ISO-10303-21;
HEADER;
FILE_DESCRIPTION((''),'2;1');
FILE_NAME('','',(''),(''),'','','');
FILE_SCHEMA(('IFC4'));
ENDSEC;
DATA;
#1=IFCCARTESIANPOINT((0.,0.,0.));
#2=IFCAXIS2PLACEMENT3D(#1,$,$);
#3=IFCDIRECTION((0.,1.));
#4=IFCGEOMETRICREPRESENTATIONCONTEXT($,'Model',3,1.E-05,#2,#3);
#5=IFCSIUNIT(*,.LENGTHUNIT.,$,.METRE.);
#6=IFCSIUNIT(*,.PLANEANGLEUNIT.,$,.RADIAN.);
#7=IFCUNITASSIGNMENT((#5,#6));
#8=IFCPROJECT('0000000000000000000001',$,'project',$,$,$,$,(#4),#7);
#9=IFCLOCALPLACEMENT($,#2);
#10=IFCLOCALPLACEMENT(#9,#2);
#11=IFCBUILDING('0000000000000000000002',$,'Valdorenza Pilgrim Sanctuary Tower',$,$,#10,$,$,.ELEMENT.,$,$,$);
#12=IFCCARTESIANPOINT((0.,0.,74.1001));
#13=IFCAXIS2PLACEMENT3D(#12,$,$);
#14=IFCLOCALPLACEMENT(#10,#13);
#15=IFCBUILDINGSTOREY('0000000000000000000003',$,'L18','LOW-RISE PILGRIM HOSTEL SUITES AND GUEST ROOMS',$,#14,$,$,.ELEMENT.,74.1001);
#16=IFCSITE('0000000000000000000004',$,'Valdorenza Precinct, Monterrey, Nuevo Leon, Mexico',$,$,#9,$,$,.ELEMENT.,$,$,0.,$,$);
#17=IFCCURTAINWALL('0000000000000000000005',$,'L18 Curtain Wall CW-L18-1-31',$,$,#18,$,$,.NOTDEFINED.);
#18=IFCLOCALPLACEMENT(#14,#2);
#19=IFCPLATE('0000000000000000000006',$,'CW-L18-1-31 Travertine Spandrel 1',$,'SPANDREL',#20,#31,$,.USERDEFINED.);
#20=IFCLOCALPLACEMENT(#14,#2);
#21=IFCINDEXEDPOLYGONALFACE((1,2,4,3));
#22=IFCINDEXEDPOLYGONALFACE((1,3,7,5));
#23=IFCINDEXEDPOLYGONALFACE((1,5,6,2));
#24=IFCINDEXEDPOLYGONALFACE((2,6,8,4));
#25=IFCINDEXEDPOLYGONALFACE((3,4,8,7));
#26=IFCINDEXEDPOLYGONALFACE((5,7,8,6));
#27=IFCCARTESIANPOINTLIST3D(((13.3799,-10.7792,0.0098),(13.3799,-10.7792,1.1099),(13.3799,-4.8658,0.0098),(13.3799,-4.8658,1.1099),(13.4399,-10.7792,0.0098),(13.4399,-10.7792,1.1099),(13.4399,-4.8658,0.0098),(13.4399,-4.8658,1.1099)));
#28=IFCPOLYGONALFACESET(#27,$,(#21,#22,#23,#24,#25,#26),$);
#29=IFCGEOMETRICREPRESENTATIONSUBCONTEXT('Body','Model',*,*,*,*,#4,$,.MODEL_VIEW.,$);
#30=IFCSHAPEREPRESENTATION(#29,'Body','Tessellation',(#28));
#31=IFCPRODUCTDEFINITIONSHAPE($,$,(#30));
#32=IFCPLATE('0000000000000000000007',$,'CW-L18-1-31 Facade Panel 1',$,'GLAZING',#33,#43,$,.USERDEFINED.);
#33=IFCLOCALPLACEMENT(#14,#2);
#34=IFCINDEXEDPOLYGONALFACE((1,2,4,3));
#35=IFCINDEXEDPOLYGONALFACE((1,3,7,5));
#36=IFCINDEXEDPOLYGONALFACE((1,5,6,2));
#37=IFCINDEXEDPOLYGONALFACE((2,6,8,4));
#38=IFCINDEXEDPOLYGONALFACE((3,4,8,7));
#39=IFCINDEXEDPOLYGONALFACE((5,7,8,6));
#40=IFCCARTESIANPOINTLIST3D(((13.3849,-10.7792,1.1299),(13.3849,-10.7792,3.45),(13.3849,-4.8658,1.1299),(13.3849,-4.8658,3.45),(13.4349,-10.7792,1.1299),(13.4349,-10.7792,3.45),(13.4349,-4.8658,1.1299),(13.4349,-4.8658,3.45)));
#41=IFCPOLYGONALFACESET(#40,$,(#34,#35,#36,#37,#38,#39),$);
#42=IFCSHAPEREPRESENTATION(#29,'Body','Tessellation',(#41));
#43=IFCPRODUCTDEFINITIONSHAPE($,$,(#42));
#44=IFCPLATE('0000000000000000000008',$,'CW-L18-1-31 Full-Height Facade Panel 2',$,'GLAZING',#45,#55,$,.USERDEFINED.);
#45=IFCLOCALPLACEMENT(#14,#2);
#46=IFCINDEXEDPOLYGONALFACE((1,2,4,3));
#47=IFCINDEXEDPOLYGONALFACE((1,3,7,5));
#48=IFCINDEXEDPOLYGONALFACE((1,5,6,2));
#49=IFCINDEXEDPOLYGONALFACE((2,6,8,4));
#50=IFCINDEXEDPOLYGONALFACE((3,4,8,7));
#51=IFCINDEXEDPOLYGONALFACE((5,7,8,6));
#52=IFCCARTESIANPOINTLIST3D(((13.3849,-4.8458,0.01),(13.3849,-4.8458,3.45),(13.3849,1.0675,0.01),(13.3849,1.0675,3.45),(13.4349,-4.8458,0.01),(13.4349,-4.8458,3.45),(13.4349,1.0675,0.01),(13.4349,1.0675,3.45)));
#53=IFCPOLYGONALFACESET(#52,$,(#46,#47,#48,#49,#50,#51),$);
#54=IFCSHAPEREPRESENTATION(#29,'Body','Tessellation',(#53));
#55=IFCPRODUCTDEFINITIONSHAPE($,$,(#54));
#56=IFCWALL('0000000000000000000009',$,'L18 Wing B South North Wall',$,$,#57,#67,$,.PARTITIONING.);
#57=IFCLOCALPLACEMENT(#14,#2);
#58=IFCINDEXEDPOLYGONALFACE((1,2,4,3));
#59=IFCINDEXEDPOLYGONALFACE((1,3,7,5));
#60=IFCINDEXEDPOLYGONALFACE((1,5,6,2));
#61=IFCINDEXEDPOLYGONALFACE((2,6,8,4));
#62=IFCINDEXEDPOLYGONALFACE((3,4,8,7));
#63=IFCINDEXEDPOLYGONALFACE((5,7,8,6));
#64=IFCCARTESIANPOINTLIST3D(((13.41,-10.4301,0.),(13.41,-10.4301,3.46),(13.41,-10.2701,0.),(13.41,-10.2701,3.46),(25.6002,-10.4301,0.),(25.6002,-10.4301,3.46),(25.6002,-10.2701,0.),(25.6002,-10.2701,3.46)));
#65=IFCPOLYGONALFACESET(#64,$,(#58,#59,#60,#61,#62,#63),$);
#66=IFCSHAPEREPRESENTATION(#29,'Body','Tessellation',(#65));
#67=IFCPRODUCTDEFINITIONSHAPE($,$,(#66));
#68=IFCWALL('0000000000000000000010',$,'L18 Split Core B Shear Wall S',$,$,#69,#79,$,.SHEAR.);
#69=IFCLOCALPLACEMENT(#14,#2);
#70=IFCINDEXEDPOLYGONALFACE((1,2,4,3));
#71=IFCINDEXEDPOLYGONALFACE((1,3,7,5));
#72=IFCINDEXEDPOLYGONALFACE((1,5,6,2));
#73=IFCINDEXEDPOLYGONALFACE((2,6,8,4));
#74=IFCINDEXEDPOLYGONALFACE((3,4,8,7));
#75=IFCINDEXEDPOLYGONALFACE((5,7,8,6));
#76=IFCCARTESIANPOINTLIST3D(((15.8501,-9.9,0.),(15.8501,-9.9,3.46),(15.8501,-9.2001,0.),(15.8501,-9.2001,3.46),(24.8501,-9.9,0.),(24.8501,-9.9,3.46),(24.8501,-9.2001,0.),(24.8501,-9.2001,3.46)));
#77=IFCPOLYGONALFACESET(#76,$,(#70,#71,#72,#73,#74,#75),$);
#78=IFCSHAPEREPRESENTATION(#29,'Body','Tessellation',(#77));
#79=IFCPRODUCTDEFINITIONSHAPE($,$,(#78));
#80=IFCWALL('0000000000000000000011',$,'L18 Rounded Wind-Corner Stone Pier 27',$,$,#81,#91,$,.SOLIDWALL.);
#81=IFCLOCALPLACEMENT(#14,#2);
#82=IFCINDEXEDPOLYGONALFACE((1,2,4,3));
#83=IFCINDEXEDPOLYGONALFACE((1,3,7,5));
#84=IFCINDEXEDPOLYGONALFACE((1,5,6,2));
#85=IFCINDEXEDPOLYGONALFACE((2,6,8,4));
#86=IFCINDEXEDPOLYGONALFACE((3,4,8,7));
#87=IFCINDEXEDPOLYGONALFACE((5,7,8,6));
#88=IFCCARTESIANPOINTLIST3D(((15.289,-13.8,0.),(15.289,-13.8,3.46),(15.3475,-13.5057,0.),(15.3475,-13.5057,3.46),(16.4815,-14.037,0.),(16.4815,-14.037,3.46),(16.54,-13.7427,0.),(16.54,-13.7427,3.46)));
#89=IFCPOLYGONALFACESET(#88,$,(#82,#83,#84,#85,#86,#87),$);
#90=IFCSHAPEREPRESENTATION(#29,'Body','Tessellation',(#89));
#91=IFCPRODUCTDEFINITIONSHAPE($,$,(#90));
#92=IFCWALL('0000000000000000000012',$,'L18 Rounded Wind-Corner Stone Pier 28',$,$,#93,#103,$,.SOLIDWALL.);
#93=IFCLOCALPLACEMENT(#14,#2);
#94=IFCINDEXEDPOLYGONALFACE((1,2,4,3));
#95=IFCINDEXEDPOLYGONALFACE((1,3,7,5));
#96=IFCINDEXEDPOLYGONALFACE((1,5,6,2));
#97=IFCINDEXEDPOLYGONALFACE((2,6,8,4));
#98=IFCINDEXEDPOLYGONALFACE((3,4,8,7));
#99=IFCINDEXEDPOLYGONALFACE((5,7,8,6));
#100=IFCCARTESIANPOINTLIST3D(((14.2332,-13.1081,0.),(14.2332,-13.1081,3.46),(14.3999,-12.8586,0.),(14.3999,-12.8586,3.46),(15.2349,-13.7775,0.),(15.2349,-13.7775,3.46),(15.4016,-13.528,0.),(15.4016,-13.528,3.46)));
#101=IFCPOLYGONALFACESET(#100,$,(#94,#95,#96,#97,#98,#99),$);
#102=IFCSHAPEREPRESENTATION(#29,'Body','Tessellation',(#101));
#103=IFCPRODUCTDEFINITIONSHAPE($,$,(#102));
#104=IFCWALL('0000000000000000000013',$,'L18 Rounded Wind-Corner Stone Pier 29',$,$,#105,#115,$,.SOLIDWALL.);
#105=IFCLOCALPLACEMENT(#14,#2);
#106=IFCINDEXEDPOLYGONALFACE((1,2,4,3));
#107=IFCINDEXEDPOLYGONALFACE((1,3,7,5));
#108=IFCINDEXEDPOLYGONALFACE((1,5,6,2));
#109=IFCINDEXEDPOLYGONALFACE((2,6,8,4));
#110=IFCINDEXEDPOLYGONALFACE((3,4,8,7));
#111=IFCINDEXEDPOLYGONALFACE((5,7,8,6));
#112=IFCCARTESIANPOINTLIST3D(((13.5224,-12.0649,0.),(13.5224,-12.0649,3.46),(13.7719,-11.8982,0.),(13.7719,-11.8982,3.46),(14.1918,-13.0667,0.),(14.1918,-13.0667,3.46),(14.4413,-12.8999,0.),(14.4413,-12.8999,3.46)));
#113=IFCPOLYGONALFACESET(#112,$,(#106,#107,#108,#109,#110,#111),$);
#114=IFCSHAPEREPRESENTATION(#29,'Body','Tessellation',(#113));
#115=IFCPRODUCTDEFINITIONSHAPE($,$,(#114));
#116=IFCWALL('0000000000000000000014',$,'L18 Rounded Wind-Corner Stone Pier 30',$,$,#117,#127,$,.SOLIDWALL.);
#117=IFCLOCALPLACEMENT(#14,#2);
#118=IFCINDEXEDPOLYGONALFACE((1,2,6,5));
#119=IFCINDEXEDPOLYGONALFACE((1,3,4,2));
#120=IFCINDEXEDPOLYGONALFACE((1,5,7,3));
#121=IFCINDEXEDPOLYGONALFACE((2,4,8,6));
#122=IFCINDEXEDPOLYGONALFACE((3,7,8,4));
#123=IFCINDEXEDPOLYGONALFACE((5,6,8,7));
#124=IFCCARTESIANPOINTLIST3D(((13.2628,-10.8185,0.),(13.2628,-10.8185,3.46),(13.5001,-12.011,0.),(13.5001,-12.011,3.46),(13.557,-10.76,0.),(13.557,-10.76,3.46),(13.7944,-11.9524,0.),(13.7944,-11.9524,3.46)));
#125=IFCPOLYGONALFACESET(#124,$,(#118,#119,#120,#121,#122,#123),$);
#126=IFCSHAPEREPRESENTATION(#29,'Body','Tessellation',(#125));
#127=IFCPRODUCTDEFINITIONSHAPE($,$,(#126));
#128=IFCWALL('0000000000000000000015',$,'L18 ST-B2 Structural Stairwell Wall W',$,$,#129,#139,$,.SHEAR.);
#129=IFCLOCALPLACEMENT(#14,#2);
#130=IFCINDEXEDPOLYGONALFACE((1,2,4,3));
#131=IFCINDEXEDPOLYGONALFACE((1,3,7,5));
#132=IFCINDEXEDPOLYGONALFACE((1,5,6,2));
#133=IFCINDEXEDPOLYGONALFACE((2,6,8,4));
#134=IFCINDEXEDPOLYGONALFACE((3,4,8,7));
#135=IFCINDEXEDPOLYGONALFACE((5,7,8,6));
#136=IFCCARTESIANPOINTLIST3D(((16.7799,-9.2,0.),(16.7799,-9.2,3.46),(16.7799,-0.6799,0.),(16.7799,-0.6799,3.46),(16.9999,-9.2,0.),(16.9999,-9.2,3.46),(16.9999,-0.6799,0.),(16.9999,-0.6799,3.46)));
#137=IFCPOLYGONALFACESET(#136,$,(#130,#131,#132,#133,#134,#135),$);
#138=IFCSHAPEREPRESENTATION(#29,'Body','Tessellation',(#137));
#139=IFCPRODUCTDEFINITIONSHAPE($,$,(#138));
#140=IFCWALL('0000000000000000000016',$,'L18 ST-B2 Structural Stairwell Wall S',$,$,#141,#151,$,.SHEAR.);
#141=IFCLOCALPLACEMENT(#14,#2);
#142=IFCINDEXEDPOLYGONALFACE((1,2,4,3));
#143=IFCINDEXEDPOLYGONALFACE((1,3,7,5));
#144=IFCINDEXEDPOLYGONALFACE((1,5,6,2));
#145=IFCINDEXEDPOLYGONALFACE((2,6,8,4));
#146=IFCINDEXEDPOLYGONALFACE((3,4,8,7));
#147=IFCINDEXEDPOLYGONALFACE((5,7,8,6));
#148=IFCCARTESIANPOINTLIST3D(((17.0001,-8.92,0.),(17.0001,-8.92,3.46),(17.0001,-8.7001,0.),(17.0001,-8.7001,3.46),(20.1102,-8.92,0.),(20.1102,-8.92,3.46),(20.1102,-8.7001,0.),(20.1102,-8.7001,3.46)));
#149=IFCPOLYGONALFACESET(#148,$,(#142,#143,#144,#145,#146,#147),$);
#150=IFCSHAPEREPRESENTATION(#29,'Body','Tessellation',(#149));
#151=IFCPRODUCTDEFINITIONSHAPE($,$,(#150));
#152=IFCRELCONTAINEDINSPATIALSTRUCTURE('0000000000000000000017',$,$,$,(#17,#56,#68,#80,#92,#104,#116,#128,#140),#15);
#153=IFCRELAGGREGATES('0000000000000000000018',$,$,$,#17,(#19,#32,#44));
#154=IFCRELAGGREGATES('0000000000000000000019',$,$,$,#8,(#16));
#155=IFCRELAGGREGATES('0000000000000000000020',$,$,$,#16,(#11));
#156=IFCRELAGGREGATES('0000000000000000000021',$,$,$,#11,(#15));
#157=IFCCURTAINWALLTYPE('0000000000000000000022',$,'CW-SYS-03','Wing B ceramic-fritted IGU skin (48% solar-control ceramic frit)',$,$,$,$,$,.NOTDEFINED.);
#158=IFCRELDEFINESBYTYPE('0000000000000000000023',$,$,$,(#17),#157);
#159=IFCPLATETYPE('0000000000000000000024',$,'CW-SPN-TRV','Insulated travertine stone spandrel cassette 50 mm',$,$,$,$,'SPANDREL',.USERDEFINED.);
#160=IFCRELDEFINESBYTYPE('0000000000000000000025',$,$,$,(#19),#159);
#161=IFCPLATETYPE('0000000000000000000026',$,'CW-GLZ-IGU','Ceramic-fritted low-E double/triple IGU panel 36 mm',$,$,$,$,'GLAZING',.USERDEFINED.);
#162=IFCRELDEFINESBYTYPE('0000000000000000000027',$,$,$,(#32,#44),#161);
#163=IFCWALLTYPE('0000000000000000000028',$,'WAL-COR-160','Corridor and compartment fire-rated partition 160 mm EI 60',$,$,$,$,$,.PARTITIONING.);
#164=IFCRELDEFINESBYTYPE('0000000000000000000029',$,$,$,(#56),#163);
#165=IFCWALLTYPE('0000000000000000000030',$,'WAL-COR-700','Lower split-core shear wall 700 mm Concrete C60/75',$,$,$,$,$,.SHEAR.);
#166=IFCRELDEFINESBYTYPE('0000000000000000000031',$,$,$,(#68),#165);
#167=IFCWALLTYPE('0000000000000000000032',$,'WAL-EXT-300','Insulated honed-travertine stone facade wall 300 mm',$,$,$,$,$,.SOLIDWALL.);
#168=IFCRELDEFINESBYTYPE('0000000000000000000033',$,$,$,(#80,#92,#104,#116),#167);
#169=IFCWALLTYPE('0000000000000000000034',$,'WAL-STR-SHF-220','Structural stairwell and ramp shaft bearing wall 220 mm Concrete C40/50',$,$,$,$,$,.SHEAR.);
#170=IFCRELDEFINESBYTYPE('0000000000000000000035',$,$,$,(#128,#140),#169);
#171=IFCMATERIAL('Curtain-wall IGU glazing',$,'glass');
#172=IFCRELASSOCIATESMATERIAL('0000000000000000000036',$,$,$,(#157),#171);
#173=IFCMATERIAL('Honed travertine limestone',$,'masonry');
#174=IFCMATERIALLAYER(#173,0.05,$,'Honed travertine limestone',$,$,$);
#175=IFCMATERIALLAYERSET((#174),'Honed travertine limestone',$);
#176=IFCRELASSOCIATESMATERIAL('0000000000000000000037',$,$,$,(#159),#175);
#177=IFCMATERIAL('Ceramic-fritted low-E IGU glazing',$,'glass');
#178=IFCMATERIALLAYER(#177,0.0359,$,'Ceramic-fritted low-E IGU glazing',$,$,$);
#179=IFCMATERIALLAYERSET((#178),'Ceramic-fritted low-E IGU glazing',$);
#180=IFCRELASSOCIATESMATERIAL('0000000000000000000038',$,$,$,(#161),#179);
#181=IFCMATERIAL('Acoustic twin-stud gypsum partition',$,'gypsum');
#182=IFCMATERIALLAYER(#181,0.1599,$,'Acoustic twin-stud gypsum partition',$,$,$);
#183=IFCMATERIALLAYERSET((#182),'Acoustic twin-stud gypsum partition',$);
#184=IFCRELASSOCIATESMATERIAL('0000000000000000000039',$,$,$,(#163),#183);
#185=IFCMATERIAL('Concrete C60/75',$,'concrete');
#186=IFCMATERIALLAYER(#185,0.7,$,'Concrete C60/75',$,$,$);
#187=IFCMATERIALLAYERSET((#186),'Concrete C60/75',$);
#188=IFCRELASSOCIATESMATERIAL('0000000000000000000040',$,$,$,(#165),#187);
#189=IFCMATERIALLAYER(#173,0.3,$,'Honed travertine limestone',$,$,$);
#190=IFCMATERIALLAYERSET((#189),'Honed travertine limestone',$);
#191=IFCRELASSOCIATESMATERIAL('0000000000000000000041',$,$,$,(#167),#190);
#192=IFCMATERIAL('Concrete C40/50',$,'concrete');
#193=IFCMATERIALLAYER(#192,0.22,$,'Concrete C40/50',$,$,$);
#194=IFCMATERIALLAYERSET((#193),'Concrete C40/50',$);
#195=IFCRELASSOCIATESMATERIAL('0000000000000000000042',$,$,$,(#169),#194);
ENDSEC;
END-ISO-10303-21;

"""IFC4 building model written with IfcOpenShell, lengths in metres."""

from ifc_helpers import new_model, si_unit, direction, frame, frame_2d, origin, origin_2d, place, context, subcontext, project, spatial, rectangle, extrude, source, transform, mapped, material, layer, layer_set, type_object, element, aggregate, save


model = new_model("IFC4")

# Units and contexts
model_context = context("Model", 3, precision=1e-05, world=origin(), true_north=direction((0.0, 1.0)))
body_context = subcontext(model_context, "Body", "Model", "MODEL_VIEW")
ifc_project = project(units=[si_unit("LENGTHUNIT", "METRE"), si_unit("PLANEANGLEUNIT", "RADIAN")], contexts=[model_context])

# Site, building, storey
site_placement = place(None, origin())
site = spatial("IfcSite", under=ifc_project, at=site_placement, Name="Valdorenza Precinct, Monterrey, Nuevo Leon, Mexico", CompositionType="ELEMENT", RefElevation=0.0)
building_placement = place(site_placement, origin())
building = spatial("IfcBuilding", under=site, at=building_placement, Name="Valdorenza Pilgrim Sanctuary Tower", CompositionType="ELEMENT")
storey_placement = place(building_placement, frame((0.0, 0.0, 74.1001)))
storey = spatial("IfcBuildingStorey", under=building, at=storey_placement, Name="L18", Description="LOW-RISE PILGRIM HOSTEL SUITES AND GUEST ROOMS", CompositionType="ELEMENT", Elevation=74.1001)

# Shared definitions
ifc_material_1 = material(Name="Concrete C60/75", Category="concrete")

# Shared definitions
ifc_material_2 = material(Name="Curtain-wall IGU glazing", Category="glass")
curtain_wall_type = type_object("IfcCurtainWallType", Name="CW-SYS-03", Description="Wing B ceramic-fritted IGU skin (48% solar-control ceramic frit)", PredefinedType="NOTDEFINED", material=ifc_material_2)

# Curtain wall, plates
curtain_wall_1_placement = place(storey_placement, origin())
curtain_wall_1 = element("IfcCurtainWall", 1, at=curtain_wall_1_placement, inside=storey, type_object=curtain_wall_type, Name="L18 Curtain Wall CW-L18-1-31", PredefinedType="NOTDEFINED")
ifc_material_3 = material(Name="Honed travertine limestone", Category="masonry")
ifc_layer_1 = layer(ifc_material_3, 0.05, Name="Honed travertine limestone")
ifc_layer_set_1 = layer_set([ifc_layer_1], Name="Honed travertine limestone")
plate_type_1 = type_object("IfcPlateType", Name="CW-SPN-TRV", Description="Insulated travertine stone spandrel cassette 50 mm", ElementType="SPANDREL", PredefinedType="USERDEFINED", material=ifc_layer_set_1)
shared_shape_1 = source(origin(), body_context, "Body", "SweptSolid", [
    extrude(rectangle(XDim=5.9133, YDim=0.0601, at=origin_2d()), origin(), (0.0, 0.0, 1.0), 1.1001),
])
plate_1_placement = place(storey_placement, frame((13.4099, -7.8225, 0.0098), z_axis=(0.0, 0.0, 1.0), x_axis=(0.0, 1.0, 0.0)))
plate_1 = element("IfcPlate", 2, at=plate_1_placement, type_object=plate_type_1, Name="CW-L18-1-31 Travertine Spandrel 1", ObjectType="SPANDREL", PredefinedType="USERDEFINED", context=body_context, shape_type="MappedRepresentation", body=[
    mapped(shared_shape_1, transform((0.0, 0.0, 0.0), x_axis=(1.0, 0.0, 0.0), y_axis=(0.0, 1.0, 0.0), z_axis=(0.0, 0.0, 1.0), scale=1.0)),
])
ifc_material_4 = material(Name="Ceramic-fritted low-E IGU glazing", Category="glass")
ifc_layer_2 = layer(ifc_material_4, 0.0359, Name="Ceramic-fritted low-E IGU glazing")
ifc_layer_set_2 = layer_set([ifc_layer_2], Name="Ceramic-fritted low-E IGU glazing")
plate_type_2 = type_object("IfcPlateType", Name="CW-GLZ-IGU", Description="Ceramic-fritted low-E double/triple IGU panel 36 mm", ElementType="GLAZING", PredefinedType="USERDEFINED", material=ifc_layer_set_2)
shared_shape_2 = source(origin(), body_context, "Body", "SweptSolid", [
    extrude(rectangle(XDim=5.9133, YDim=0.05, at=origin_2d()), origin(), (0.0, 0.0, 1.0), 2.3201),
])
plate_2_placement = place(storey_placement, frame((13.4099, -7.8225, 1.1299), z_axis=(0.0, 0.0, 1.0), x_axis=(0.0, 1.0, 0.0)))
plate_2 = element("IfcPlate", 3, at=plate_2_placement, type_object=plate_type_2, Name="CW-L18-1-31 Facade Panel 1", ObjectType="GLAZING", PredefinedType="USERDEFINED", context=body_context, shape_type="MappedRepresentation", body=[
    mapped(shared_shape_2, transform((0.0, 0.0, 0.0), x_axis=(1.0, 0.0, 0.0), y_axis=(0.0, 1.0, 0.0), z_axis=(0.0, 0.0, 1.0), scale=1.0)),
])
shared_shape_3 = source(origin(), body_context, "Body", "SweptSolid", [
    extrude(rectangle(XDim=5.9133, YDim=0.05, at=origin_2d()), origin(), (0.0, 0.0, 1.0), 3.4399),
])
plate_3_placement = place(storey_placement, frame((13.4099, -1.8892, 0.01), z_axis=(0.0, 0.0, 1.0), x_axis=(0.0, 1.0, 0.0)))
plate_3 = element("IfcPlate", 4, at=plate_3_placement, type_object=plate_type_2, Name="CW-L18-1-31 Full-Height Facade Panel 2", ObjectType="GLAZING", PredefinedType="USERDEFINED", context=body_context, shape_type="MappedRepresentation", body=[
    mapped(shared_shape_3, transform((0.0, 0.0, 0.0), x_axis=(1.0, 0.0, 0.0), y_axis=(0.0, 1.0, 0.0), z_axis=(0.0, 0.0, 1.0), scale=1.0)),
])
aggregate(curtain_wall_1, [plate_1, plate_2, plate_3])

# Walls
ifc_material_5 = material(Name="Acoustic twin-stud gypsum partition", Category="gypsum")
ifc_layer_3 = layer(ifc_material_5, 0.1599, Name="Acoustic twin-stud gypsum partition")
ifc_layer_set_3 = layer_set([ifc_layer_3], Name="Acoustic twin-stud gypsum partition")
wall_type_1 = type_object("IfcWallType", Name="WAL-COR-160", Description="Corridor and compartment fire-rated partition 160 mm EI 60", PredefinedType="PARTITIONING", material=ifc_layer_set_3)
wall_1_placement = place(storey_placement, frame((13.4099, -10.3501, 0.0), z_axis=(0.0, 0.0, 1.0), x_axis=(1.0, 0.0, 0.0)))
element("IfcWall", 5, at=wall_1_placement, inside=storey, type_object=wall_type_1, Name="L18 Wing B South North Wall", PredefinedType="PARTITIONING", context=body_context, shape_type="SweptSolid", body=[
    extrude(rectangle(XDim=12.1902, YDim=0.1599, at=frame_2d((6.0952, 0.0))), origin(), (0.0, 0.0, 1.0), 3.46),
])
ifc_layer_4 = layer(ifc_material_1, 0.7, Name="Concrete C60/75")
ifc_layer_set_4 = layer_set([ifc_layer_4], Name="Concrete C60/75")
wall_type_2 = type_object("IfcWallType", Name="WAL-COR-700", Description="Lower split-core shear wall 700 mm Concrete C60/75", PredefinedType="SHEAR", material=ifc_layer_set_4)
wall_2_placement = place(storey_placement, frame((15.8501, -9.55, 0.0), z_axis=(0.0, 0.0, 1.0), x_axis=(1.0, 0.0, 0.0)))
element("IfcWall", 6, at=wall_2_placement, inside=storey, type_object=wall_type_2, Name="L18 Split Core B Shear Wall S", PredefinedType="SHEAR", context=body_context, shape_type="SweptSolid", body=[
    extrude(rectangle(XDim=9.0, YDim=0.7, at=frame_2d((4.5, 0.0))), origin(), (0.0, 0.0, 1.0), 3.46),
])
ifc_layer_5 = layer(ifc_material_3, 0.3, Name="Honed travertine limestone")
ifc_layer_set_5 = layer_set([ifc_layer_5], Name="Honed travertine limestone")
wall_type_3 = type_object("IfcWallType", Name="WAL-EXT-300", Description="Insulated honed-travertine stone facade wall 300 mm", PredefinedType="SOLIDWALL", material=ifc_layer_set_5)
wall_3_placement = place(storey_placement, frame((16.5107, -13.8899, 0.0), z_axis=(0.0, 0.0, 1.0), x_axis=(-0.980804, 0.194996, 0.0)))
element("IfcWall", 7, at=wall_3_placement, inside=storey, type_object=wall_type_3, Name="L18 Rounded Wind-Corner Stone Pier 27", PredefinedType="SOLIDWALL", context=body_context, shape_type="SweptSolid", body=[
    extrude(rectangle(XDim=1.2158, YDim=0.3, at=frame_2d((0.6079, 0.0))), origin(), (0.0, 0.0, 1.0), 3.46),
])
for number, where, z_axis, x_axis, name in (
    (8, (15.3184, -13.6528, 0.0), (0.0, 0.0, 1.0), (-0.831426, 0.555635, 0.0), "L18 Rounded Wind-Corner Stone Pier 28"),
    (9, (14.3167, -12.9834, 0.0), (0.0, 0.0, 1.0), (-0.555635, 0.831426, 0.0), "L18 Rounded Wind-Corner Stone Pier 29"),
):
    element("IfcWall", number, at=place(storey_placement, frame(where, z_axis=z_axis, x_axis=x_axis)), inside=storey, type_object=wall_type_3, Name=name, PredefinedType="SOLIDWALL", context=body_context, shape_type="SweptSolid", body=[
        extrude(rectangle(XDim=1.2048, YDim=0.3, at=frame_2d((0.6025, 0.0))), origin(), (0.0, 0.0, 1.0), 3.46),
    ])
wall_4_placement = place(storey_placement, frame((13.6472, -11.9817, 0.0), z_axis=(0.0, 0.0, 1.0), x_axis=(-0.195189, 0.980766, 0.0)))
element("IfcWall", 10, at=wall_4_placement, inside=storey, type_object=wall_type_3, Name="L18 Rounded Wind-Corner Stone Pier 30", PredefinedType="SOLIDWALL", context=body_context, shape_type="SweptSolid", body=[
    extrude(rectangle(XDim=1.2158, YDim=0.3, at=frame_2d((0.6079, 0.0))), origin(), (0.0, 0.0, 1.0), 3.46),
])
ifc_material_6 = material(Name="Concrete C40/50", Category="concrete")
ifc_layer_6 = layer(ifc_material_6, 0.22, Name="Concrete C40/50")
ifc_layer_set_6 = layer_set([ifc_layer_6], Name="Concrete C40/50")
wall_type_4 = type_object("IfcWallType", Name="WAL-STR-SHF-220", Description="Structural stairwell and ramp shaft bearing wall 220 mm Concrete C40/50", PredefinedType="SHEAR", material=ifc_layer_set_6)
wall_5_placement = place(storey_placement, frame((16.8899, -9.2, 0.0), z_axis=(0.0, 0.0, 1.0), x_axis=(0.0, 1.0, 0.0)))
element("IfcWall", 11, at=wall_5_placement, inside=storey, type_object=wall_type_4, Name="L18 ST-B2 Structural Stairwell Wall W", PredefinedType="SHEAR", context=body_context, shape_type="SweptSolid", body=[
    extrude(rectangle(XDim=8.52, YDim=0.22, at=frame_2d((4.26, 0.0))), origin(), (0.0, 0.0, 1.0), 3.46),
])
wall_6_placement = place(storey_placement, frame((17.0, -8.8101, 0.0), z_axis=(0.0, 0.0, 1.0), x_axis=(1.0, 0.0, 0.0)))
element("IfcWall", 12, at=wall_6_placement, inside=storey, type_object=wall_type_4, Name="L18 ST-B2 Structural Stairwell Wall S", PredefinedType="SHEAR", context=body_context, shape_type="SweptSolid", body=[
    extrude(rectangle(XDim=3.1101, YDim=0.22, at=frame_2d((1.5552, 0.0))), origin(), (0.0, 0.0, 1.0), 3.46),
])

save(model, "model.ifc")
